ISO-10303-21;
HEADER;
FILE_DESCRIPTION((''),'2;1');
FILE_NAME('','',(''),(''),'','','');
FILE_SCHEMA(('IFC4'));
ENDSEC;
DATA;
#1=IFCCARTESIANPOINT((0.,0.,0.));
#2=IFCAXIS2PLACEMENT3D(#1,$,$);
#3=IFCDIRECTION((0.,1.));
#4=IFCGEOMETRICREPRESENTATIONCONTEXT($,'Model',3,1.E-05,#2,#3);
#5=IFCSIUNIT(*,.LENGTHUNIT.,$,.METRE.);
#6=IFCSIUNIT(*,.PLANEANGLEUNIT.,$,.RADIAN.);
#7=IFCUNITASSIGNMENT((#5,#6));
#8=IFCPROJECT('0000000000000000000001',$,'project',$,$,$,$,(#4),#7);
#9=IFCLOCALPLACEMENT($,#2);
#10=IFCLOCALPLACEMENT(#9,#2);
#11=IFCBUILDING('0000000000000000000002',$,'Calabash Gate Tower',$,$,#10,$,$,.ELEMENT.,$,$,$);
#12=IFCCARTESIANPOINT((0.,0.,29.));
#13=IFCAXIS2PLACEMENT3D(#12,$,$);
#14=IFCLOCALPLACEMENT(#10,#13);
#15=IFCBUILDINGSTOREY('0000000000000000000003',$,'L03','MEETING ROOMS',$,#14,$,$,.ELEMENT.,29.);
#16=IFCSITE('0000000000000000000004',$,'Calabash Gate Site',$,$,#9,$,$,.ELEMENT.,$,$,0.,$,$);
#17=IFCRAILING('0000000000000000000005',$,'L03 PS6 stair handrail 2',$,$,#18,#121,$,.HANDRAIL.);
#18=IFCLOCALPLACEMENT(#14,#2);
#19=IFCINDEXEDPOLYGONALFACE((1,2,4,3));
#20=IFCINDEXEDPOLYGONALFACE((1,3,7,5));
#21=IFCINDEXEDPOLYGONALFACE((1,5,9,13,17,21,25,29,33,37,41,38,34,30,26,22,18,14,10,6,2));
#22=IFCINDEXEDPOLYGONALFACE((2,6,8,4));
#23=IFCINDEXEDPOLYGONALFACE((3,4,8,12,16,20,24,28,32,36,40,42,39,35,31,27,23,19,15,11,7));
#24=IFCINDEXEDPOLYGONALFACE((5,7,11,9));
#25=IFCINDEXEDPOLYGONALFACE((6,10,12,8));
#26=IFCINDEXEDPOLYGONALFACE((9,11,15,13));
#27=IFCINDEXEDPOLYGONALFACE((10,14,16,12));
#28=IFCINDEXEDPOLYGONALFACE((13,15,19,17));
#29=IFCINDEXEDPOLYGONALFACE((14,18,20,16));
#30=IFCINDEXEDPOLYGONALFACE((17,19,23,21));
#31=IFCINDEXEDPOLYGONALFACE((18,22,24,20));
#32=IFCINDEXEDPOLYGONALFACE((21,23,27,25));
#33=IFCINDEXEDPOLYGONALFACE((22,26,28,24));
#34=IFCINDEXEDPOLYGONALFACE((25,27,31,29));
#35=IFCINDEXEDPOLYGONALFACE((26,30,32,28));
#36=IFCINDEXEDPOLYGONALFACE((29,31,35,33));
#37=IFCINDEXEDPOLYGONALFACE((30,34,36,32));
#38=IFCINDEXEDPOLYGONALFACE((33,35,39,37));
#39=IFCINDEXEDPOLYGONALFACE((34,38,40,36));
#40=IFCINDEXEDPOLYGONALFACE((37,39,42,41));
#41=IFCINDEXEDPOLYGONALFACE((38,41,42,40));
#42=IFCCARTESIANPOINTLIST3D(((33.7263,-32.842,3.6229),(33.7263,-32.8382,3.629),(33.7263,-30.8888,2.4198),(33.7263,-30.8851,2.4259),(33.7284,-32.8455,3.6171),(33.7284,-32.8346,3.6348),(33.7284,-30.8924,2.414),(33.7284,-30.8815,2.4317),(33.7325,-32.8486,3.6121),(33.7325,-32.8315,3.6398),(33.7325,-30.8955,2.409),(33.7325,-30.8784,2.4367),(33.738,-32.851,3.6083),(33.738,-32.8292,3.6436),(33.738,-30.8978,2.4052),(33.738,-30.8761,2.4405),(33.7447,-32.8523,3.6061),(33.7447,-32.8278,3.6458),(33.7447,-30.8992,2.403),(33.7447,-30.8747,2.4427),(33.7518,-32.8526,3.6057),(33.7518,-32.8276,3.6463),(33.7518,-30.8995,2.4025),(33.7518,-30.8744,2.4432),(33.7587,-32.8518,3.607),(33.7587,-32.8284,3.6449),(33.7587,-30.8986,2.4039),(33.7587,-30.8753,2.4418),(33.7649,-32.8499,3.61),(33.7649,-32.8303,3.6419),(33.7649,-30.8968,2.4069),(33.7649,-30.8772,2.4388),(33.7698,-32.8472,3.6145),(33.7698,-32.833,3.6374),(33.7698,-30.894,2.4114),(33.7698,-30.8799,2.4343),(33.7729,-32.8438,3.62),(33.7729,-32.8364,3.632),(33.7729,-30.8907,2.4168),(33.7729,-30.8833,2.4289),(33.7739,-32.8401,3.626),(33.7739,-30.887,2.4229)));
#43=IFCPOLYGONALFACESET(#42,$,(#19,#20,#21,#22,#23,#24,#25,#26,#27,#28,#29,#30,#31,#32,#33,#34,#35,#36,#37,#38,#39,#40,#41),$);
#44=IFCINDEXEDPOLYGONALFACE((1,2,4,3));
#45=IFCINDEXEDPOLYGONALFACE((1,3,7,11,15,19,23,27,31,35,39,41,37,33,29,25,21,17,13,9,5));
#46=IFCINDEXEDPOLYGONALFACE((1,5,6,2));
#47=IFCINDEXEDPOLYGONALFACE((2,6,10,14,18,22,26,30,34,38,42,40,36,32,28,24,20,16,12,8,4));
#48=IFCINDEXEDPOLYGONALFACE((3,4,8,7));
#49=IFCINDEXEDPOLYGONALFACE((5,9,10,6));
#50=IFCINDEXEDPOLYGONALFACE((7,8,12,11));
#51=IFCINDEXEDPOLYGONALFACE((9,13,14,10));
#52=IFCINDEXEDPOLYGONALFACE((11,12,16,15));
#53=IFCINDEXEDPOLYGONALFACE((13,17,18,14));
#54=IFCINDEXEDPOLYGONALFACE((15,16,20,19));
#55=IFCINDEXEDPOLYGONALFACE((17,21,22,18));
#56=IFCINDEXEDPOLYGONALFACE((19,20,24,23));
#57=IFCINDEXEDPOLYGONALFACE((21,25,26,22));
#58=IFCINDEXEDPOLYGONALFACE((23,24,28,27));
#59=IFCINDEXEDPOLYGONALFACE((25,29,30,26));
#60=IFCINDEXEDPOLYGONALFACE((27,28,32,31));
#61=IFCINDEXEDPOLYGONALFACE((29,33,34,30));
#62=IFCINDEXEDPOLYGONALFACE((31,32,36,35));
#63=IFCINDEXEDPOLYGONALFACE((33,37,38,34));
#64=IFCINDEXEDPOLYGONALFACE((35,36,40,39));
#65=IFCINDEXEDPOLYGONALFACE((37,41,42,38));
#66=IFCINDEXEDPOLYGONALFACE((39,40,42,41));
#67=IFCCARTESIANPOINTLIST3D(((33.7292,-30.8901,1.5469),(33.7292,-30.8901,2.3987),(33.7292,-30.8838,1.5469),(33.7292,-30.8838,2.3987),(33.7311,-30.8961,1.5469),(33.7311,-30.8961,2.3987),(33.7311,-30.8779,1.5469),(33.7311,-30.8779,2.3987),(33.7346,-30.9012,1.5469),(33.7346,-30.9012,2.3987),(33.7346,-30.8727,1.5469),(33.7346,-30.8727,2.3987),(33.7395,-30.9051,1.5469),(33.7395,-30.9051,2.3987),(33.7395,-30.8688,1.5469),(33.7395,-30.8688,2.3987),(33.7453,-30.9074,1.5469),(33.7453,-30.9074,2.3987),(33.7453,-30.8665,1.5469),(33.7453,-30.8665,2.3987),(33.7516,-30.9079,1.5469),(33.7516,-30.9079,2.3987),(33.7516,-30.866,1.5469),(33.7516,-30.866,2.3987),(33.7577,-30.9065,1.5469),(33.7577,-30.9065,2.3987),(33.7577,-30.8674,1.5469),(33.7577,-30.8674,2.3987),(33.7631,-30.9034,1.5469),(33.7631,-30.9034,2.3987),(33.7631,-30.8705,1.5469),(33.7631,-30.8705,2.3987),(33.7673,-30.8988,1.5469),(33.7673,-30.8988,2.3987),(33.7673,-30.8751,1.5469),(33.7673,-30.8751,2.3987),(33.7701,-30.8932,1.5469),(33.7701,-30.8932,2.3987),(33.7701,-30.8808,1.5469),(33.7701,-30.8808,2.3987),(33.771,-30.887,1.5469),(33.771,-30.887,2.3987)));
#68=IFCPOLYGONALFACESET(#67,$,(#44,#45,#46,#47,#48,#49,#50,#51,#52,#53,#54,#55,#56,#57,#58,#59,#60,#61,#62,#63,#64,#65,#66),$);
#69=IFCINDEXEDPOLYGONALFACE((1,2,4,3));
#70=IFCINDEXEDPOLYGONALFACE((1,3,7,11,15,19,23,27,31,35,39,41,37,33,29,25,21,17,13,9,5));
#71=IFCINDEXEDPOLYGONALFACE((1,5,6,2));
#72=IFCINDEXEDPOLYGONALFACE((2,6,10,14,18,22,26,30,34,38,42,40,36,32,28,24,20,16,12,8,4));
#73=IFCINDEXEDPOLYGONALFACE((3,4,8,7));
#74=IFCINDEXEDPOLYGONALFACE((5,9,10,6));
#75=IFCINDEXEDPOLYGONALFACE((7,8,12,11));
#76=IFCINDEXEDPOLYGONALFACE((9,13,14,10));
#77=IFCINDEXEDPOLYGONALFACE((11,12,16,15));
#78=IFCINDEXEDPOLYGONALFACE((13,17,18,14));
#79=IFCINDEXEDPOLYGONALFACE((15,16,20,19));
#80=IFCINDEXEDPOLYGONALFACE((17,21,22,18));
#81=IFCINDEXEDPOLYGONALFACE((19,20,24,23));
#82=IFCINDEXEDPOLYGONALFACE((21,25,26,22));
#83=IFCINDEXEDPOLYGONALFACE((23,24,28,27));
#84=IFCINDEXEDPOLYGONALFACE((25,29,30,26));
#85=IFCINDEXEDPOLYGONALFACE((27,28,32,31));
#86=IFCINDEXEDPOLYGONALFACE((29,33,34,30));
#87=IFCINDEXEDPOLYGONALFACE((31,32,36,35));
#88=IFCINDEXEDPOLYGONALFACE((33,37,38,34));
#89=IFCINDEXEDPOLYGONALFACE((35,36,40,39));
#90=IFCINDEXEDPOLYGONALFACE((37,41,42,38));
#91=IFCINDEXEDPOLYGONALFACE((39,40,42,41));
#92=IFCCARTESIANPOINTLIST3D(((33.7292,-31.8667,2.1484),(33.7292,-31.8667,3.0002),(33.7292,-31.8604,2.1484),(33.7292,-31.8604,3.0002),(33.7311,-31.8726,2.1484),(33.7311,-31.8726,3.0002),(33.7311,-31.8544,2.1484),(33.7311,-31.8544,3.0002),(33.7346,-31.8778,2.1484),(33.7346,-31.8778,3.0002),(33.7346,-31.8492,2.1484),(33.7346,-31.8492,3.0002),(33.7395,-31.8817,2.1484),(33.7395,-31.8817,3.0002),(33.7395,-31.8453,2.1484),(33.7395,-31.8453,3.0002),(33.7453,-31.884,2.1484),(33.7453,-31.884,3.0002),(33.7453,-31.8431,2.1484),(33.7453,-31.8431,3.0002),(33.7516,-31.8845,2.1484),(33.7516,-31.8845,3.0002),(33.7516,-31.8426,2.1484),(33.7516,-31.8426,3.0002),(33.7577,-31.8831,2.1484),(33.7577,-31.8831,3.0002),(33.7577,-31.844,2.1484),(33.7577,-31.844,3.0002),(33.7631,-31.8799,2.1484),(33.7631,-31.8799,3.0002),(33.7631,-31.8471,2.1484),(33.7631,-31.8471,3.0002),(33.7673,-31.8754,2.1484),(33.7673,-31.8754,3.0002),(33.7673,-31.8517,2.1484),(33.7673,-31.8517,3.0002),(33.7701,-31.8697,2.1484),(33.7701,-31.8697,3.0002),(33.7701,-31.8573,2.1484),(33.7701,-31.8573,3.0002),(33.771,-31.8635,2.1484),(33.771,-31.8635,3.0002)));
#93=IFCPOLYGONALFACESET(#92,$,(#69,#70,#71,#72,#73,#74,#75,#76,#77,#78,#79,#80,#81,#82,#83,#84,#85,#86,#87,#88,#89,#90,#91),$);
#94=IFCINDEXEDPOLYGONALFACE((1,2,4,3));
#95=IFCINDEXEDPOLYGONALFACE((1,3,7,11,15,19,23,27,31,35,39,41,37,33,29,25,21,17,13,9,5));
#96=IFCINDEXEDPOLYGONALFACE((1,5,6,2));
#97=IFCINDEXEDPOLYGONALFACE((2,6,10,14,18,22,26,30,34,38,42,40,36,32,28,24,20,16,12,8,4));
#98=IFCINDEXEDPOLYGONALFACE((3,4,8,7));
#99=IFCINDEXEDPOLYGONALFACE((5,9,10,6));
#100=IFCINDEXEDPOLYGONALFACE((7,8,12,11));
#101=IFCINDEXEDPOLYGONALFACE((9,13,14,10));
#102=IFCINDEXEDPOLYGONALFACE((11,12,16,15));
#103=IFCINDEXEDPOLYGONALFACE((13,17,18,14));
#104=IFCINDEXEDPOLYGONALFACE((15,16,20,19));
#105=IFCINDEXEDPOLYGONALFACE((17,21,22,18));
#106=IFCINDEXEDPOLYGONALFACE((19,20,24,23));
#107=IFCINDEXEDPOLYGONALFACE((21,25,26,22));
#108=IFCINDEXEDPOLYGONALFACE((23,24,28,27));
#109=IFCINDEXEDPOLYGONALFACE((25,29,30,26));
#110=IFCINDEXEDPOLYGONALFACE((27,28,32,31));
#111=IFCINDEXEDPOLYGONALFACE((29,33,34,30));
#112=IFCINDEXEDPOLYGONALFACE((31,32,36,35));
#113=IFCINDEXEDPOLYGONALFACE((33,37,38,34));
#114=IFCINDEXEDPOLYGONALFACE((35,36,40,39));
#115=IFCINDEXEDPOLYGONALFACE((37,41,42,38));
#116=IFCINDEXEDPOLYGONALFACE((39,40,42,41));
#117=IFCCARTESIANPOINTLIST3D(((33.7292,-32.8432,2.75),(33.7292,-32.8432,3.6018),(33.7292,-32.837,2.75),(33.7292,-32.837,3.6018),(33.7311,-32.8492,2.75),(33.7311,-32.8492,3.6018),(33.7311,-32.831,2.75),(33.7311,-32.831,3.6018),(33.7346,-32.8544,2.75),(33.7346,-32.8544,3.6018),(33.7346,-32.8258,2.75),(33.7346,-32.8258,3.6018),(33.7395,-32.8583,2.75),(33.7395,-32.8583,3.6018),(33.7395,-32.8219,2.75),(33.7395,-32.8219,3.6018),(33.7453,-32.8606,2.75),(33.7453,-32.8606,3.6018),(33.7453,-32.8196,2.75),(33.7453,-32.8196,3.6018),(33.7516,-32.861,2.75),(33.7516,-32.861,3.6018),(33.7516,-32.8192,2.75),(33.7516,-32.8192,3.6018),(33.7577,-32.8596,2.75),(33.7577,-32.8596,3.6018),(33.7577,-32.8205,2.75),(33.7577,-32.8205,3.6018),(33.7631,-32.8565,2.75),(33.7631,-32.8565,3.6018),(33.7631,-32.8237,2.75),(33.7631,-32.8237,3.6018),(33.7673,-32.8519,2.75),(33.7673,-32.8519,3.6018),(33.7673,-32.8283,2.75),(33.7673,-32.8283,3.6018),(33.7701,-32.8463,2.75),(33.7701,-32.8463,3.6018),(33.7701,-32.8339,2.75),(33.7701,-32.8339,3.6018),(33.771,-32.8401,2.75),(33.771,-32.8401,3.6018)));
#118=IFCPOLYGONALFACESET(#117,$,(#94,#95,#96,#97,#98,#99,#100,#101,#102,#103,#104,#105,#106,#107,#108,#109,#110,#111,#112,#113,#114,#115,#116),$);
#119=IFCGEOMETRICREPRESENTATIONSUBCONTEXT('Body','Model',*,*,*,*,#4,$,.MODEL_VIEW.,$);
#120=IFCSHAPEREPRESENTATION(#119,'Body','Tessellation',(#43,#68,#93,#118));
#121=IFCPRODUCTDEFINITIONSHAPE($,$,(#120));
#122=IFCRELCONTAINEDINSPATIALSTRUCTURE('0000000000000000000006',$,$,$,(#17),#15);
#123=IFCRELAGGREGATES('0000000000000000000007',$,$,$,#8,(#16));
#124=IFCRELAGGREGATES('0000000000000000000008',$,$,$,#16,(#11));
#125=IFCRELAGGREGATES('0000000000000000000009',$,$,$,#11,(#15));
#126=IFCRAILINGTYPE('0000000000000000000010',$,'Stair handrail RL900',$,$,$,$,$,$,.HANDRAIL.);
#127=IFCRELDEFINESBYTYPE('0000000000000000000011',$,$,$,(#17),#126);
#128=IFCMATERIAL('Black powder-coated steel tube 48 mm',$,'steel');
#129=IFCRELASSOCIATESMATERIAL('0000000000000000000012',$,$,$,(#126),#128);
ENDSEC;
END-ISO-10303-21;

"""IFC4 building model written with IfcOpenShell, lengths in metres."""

from ifc_helpers import new_model, si_unit, direction, frame, origin, origin_2d, place, context, subcontext, project, spatial, circle, extrude, material, type_object, element, save


model = new_model("IFC4")

# Units and contexts
model_context = context("Model", 3, precision=1e-05, world=origin(), true_north=direction((0.0, 1.0)))
body_context = subcontext(model_context, "Body", "Model", "MODEL_VIEW")
ifc_project = project(units=[si_unit("LENGTHUNIT", "METRE"), si_unit("PLANEANGLEUNIT", "RADIAN")], contexts=[model_context])

# Site, building, storey
site_placement = place(None, origin())
site = spatial("IfcSite", under=ifc_project, at=site_placement, Name="Calabash Gate Site", CompositionType="ELEMENT", RefElevation=0.0)
building_placement = place(site_placement, origin())
building = spatial("IfcBuilding", under=site, at=building_placement, Name="Calabash Gate Tower", CompositionType="ELEMENT")
storey_placement = place(building_placement, frame((0.0, 0.0, 29.0)))
storey = spatial("IfcBuildingStorey", under=building, at=storey_placement, Name="L03", Description="MEETING ROOMS", CompositionType="ELEMENT", Elevation=29.0)

# Railing
ifc_material_1 = material(Name="Black powder-coated steel tube 48 mm", Category="steel")
railing_type_1 = type_object("IfcRailingType", Name="Stair handrail RL900", PredefinedType="HANDRAIL", material=ifc_material_1)
railing_1_placement = place(storey_placement, frame((33.75, -30.887, 1.5469)))
element("IfcRailing", 1, at=railing_1_placement, inside=storey, type_object=railing_type_1, Name="L03 PS6 stair handrail 2", PredefinedType="HANDRAIL", context=body_context, shape_type="SweptSolid", body=[
    extrude(circle(Radius=0.0239, at=origin_2d()), frame((0.0, 0.0, 0.876), z_axis=(0.0, -0.851424, 0.524477), x_axis=(1.0, 0.0, 0.0)), (0.0, 0.0, 1.0), 2.2939),
    extrude(circle(Radius=0.021, at=origin_2d()), origin(), (0.0, 0.0, 1.0), 0.8518),
    extrude(circle(Radius=0.021, at=origin_2d()), frame((0.0, -0.9766, 0.6016)), (0.0, 0.0, 1.0), 0.8518),
    extrude(circle(Radius=0.021, at=origin_2d()), frame((0.0, -1.9531, 1.2031)), (0.0, 0.0, 1.0), 0.8518),
])

save(model, "model.ifc")
